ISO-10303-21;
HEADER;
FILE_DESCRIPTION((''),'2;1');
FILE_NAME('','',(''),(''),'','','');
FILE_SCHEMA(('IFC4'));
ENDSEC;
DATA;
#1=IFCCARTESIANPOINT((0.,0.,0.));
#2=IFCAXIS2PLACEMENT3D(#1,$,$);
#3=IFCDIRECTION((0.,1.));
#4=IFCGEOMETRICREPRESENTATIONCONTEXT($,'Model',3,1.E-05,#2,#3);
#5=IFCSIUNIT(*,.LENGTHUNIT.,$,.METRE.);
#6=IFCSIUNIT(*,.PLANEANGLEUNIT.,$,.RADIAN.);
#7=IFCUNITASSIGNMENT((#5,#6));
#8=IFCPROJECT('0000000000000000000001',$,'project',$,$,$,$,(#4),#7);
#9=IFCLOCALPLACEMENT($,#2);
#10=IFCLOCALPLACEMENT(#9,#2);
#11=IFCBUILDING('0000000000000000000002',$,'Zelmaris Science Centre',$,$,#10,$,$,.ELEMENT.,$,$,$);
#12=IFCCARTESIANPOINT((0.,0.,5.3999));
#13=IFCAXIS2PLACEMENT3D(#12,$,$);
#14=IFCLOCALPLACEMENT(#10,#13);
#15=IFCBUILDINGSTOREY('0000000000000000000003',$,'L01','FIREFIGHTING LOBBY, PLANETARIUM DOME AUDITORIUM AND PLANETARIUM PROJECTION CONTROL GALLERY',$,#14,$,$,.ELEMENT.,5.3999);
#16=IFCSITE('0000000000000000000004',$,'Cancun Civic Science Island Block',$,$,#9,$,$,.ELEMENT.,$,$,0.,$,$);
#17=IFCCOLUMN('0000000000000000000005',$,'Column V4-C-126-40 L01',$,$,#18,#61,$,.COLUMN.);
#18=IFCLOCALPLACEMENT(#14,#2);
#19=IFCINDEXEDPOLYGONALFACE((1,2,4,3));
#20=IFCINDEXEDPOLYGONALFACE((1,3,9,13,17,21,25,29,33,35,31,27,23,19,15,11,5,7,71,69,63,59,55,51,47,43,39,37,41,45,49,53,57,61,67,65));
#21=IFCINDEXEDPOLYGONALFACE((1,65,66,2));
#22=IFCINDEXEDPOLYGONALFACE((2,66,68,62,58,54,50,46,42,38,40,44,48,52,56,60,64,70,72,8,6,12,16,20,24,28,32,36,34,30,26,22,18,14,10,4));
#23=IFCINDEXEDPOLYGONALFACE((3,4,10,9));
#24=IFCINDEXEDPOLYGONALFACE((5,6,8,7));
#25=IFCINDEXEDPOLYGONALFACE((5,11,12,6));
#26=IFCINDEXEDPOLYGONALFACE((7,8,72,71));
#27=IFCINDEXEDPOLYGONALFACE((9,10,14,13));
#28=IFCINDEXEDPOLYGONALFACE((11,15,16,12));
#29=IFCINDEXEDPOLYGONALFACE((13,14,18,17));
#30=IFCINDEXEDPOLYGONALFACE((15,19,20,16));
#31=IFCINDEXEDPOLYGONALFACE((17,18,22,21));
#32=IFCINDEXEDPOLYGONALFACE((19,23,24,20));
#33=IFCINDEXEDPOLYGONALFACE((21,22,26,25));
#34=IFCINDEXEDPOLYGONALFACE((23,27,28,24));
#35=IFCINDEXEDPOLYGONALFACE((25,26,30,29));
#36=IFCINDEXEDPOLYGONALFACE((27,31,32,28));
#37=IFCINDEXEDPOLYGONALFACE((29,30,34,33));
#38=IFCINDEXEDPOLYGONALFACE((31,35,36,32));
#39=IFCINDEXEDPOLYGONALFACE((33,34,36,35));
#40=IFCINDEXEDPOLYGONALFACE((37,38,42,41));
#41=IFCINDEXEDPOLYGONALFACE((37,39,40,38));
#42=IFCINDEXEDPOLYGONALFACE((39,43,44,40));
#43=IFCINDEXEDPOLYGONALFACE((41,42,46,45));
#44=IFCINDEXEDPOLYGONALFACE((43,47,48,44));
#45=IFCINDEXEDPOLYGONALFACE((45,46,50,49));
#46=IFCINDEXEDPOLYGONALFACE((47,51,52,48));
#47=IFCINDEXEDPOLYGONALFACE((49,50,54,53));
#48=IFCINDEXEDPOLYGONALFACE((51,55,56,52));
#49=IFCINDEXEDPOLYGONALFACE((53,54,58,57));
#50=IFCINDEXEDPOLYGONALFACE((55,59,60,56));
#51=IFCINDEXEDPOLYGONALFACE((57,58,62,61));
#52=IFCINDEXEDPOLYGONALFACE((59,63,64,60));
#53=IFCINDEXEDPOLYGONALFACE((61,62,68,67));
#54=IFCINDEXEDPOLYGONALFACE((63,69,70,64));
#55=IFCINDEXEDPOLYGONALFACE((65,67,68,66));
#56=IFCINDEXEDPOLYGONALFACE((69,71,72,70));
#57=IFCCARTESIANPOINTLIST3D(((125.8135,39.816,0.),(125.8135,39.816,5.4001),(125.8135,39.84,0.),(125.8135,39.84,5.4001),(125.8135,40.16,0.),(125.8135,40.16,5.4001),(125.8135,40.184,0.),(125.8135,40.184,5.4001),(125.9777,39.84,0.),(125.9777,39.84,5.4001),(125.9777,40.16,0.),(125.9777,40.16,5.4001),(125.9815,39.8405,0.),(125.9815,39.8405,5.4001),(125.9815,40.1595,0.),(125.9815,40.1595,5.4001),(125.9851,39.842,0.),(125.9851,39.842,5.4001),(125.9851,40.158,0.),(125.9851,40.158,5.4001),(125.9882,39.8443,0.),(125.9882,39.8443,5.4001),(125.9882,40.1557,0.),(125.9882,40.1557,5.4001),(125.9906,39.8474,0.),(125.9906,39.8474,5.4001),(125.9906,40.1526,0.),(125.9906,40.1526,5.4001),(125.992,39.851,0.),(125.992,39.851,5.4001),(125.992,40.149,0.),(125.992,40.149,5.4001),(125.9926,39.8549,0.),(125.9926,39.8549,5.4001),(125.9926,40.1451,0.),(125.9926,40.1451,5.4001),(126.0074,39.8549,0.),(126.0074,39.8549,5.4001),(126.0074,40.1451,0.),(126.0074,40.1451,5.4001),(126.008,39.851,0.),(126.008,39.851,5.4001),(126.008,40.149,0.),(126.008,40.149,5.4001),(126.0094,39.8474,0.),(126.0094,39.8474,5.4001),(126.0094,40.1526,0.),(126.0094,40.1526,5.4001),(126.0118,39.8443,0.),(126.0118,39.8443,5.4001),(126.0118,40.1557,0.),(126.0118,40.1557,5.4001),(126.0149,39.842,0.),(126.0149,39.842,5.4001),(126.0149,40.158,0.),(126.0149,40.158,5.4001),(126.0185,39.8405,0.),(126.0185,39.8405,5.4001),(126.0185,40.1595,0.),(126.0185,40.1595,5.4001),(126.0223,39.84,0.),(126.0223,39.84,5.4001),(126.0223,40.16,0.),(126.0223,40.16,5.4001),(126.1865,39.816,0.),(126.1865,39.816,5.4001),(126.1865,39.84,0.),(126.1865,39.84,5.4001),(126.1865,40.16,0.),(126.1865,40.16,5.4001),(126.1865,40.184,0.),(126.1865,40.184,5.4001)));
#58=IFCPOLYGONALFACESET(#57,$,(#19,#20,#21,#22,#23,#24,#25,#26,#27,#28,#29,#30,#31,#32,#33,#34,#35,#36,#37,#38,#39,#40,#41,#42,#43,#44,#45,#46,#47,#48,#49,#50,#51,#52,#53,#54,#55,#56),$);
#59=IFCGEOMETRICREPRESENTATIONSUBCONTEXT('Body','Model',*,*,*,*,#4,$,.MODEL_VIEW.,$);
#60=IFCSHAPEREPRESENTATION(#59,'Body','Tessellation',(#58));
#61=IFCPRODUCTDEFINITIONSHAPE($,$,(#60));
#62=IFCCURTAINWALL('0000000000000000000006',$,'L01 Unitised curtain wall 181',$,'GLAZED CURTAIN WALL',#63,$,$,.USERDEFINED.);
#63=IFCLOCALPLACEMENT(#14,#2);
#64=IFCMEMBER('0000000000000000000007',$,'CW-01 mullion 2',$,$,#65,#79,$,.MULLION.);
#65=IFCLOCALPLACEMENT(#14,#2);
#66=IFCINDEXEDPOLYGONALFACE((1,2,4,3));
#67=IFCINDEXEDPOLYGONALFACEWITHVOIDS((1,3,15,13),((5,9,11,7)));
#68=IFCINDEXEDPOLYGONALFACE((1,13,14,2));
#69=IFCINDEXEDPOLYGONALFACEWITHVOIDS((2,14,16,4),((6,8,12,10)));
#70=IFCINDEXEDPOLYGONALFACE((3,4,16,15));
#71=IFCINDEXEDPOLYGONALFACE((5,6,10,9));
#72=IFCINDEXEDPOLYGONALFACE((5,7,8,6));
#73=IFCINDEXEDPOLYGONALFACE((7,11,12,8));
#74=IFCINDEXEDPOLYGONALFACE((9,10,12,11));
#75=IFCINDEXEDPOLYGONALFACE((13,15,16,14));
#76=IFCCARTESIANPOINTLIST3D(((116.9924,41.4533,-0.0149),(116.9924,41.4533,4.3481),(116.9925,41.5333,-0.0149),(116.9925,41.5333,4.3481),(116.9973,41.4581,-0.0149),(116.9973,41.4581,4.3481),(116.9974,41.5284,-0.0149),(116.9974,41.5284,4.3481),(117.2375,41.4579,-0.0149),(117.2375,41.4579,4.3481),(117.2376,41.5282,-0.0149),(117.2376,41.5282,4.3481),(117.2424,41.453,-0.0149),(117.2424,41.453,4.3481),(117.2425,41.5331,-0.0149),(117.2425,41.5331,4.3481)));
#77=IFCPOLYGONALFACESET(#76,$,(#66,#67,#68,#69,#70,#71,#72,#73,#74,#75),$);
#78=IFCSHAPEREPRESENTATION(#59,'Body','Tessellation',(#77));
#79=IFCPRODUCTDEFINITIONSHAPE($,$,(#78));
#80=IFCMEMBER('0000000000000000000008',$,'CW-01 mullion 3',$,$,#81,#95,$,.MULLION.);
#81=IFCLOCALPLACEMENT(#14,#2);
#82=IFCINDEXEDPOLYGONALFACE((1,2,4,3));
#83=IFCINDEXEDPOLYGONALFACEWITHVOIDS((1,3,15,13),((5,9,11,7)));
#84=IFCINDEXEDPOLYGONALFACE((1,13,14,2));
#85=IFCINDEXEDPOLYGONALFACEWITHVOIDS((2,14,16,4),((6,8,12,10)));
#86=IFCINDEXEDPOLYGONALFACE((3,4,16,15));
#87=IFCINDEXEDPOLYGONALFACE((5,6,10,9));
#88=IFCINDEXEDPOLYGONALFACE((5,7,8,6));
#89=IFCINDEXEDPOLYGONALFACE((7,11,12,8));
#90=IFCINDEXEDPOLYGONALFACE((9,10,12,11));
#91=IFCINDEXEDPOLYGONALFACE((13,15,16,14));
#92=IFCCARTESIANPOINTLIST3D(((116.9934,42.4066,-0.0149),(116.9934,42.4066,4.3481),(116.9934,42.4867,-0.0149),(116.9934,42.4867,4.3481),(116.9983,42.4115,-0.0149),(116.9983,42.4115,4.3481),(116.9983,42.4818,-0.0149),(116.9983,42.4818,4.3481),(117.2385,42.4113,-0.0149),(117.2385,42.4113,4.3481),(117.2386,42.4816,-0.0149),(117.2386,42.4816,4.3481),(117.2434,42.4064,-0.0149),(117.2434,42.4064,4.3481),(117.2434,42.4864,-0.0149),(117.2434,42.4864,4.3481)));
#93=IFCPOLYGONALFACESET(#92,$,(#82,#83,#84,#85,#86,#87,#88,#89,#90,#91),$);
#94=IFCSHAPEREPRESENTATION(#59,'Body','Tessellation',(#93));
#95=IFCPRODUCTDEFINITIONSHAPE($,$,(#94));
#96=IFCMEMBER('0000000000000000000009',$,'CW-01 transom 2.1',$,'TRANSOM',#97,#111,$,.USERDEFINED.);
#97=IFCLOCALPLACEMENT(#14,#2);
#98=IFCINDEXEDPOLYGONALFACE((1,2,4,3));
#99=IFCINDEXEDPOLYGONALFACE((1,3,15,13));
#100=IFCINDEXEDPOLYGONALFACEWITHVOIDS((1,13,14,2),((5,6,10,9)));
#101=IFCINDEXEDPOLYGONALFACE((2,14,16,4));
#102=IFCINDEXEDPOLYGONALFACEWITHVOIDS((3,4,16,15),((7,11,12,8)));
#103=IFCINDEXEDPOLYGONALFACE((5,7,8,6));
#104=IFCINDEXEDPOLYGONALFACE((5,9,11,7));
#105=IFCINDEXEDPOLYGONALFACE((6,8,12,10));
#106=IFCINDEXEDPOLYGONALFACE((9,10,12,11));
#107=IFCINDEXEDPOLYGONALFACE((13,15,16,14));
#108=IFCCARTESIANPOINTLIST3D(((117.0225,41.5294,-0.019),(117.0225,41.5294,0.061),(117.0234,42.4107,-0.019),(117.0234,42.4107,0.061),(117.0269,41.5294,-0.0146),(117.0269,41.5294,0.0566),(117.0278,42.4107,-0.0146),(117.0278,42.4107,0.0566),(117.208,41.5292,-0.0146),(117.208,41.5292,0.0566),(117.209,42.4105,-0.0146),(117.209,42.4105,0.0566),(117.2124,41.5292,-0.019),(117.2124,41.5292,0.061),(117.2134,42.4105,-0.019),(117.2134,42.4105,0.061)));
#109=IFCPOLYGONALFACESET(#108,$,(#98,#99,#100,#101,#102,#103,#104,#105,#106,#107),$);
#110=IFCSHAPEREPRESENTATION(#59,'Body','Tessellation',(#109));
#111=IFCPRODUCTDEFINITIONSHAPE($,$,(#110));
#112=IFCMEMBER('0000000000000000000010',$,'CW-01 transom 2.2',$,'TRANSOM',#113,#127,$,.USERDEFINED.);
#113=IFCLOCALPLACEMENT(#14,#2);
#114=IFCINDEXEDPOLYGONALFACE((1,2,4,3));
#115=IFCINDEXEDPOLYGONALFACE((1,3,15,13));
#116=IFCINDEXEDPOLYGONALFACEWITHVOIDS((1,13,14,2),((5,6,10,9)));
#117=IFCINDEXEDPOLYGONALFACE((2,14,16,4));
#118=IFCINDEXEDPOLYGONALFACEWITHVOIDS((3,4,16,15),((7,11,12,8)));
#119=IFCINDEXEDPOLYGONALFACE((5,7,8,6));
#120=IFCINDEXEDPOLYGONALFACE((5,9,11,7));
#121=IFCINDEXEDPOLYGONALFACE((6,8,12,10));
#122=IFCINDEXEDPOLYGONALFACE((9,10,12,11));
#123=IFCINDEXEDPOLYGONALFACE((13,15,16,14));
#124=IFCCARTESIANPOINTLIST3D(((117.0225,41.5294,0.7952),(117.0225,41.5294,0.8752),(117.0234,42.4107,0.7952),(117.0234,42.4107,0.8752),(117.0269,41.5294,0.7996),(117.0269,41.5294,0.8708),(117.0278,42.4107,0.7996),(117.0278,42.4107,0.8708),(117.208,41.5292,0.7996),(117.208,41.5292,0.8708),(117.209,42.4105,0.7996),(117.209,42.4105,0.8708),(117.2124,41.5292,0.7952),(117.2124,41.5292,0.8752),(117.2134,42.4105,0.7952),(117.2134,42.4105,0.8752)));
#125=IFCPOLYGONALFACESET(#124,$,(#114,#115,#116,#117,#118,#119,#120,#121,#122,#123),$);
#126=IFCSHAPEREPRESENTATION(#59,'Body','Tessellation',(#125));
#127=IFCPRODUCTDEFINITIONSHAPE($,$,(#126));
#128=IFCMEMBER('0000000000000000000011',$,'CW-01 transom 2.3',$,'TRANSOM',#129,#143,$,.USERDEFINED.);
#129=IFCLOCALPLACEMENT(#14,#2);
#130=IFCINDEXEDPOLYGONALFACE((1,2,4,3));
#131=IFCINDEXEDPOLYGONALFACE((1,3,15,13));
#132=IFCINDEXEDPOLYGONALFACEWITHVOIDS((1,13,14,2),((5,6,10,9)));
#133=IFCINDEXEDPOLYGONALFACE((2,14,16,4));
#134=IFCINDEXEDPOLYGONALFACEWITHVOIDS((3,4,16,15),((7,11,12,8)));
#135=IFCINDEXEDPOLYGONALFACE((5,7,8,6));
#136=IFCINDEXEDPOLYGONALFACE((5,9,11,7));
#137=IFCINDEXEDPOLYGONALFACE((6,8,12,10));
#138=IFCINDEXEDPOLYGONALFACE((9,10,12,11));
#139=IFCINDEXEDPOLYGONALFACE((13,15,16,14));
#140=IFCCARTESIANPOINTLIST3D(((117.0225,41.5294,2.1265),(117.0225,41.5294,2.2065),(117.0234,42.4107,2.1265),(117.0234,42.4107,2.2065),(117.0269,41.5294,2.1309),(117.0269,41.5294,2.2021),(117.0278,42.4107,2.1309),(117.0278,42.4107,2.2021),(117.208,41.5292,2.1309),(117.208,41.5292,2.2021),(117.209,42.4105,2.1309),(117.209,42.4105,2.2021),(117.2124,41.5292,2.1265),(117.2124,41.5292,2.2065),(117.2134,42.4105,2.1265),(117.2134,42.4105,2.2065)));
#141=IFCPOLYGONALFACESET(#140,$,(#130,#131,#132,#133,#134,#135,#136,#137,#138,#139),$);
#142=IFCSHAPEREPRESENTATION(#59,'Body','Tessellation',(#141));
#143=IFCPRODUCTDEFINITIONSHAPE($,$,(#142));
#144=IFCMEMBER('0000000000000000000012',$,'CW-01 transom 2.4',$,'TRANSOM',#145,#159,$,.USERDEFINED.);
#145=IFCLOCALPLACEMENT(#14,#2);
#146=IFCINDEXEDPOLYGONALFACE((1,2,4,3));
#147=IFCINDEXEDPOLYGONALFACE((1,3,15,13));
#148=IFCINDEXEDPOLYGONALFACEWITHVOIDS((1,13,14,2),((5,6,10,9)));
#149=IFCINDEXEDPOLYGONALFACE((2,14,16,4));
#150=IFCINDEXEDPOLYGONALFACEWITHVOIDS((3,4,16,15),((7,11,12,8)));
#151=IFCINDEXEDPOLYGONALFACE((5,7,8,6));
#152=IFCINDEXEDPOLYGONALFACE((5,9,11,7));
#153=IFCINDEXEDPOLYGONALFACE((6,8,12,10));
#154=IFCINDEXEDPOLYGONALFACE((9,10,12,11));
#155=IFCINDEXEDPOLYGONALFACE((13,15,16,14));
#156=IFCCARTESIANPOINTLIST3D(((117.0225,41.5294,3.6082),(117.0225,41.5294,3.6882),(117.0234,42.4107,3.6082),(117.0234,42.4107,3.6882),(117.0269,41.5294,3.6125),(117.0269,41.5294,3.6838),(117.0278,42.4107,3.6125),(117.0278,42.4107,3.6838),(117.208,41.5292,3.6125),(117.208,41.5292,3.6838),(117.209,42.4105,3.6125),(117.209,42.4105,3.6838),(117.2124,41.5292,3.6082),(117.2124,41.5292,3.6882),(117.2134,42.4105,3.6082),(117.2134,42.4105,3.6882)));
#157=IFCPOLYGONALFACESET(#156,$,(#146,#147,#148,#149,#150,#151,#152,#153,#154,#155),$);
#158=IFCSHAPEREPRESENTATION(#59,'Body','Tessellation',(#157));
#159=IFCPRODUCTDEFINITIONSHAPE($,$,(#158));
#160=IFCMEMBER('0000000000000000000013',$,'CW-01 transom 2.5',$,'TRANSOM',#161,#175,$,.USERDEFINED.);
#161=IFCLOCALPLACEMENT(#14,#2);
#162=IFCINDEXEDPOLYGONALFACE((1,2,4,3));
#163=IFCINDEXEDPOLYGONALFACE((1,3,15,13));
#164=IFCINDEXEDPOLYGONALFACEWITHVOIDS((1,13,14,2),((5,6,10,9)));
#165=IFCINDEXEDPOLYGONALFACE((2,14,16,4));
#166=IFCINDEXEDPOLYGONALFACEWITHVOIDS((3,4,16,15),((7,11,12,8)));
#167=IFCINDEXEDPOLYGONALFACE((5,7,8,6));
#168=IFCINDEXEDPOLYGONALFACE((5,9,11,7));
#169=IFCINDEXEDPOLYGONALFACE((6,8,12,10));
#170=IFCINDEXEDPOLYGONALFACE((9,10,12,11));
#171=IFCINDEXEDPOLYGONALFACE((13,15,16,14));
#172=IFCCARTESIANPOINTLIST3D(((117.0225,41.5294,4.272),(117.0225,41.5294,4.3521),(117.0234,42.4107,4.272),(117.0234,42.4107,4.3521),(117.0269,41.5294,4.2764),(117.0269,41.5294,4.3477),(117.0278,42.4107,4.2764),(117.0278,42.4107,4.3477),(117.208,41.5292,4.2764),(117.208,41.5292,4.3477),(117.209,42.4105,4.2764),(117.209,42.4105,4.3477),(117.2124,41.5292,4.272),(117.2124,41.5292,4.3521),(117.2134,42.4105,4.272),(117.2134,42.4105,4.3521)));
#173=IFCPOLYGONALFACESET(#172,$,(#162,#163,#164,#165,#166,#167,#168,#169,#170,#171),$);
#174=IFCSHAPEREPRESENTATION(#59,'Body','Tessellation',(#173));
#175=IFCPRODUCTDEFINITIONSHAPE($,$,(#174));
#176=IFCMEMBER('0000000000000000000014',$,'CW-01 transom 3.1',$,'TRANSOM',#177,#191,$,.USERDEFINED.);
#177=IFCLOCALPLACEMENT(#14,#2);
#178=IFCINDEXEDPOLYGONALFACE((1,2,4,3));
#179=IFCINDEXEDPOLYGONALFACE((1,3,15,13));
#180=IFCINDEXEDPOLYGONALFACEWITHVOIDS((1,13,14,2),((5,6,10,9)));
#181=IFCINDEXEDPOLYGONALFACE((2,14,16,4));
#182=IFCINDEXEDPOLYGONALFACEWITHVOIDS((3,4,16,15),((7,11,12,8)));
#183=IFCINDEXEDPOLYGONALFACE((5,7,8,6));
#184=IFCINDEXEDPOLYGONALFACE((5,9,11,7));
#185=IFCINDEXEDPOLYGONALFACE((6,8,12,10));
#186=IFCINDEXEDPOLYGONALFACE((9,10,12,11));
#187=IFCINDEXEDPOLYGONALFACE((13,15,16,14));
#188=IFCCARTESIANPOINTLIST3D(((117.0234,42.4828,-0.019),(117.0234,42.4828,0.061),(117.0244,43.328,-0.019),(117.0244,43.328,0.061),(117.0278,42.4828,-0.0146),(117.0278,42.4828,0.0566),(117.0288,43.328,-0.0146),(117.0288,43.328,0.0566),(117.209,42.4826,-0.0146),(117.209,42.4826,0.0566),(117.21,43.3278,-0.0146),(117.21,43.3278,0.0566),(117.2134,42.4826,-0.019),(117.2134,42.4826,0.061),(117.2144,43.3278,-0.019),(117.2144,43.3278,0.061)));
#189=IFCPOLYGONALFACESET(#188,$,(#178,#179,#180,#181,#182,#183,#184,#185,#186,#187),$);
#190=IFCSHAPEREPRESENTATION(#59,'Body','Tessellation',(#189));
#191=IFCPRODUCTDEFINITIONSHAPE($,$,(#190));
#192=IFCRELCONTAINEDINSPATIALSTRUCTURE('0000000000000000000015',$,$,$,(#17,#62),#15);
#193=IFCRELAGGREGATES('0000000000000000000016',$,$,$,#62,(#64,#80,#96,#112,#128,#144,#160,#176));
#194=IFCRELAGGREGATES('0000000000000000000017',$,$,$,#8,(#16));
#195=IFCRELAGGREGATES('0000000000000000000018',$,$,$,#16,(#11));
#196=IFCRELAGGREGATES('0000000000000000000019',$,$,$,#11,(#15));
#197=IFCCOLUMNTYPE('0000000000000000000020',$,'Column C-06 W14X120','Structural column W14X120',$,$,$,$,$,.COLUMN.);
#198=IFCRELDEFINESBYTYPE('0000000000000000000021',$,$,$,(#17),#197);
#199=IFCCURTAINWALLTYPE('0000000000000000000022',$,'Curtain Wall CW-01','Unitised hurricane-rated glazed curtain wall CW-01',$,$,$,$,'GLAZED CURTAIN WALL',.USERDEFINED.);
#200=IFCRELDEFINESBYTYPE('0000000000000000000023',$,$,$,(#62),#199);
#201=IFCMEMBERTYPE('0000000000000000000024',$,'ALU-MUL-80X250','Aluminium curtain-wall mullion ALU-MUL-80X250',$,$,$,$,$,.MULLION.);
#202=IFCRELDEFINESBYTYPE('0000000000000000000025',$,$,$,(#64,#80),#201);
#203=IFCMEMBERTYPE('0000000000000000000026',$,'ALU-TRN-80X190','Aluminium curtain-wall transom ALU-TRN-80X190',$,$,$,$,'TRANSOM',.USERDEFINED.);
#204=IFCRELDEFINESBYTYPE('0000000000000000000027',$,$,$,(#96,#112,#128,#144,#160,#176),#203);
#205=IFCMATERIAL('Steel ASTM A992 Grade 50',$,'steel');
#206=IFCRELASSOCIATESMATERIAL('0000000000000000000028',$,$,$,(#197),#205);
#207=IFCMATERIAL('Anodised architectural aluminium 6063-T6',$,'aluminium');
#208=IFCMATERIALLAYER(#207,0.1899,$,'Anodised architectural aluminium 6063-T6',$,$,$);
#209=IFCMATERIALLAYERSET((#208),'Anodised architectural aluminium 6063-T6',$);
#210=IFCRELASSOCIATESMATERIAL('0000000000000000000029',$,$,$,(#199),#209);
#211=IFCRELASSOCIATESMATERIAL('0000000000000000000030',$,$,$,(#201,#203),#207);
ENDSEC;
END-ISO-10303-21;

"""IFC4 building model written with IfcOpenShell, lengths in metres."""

from ifc_helpers import new_model, si_unit, direction, frame, origin, origin_2d, place, context, subcontext, project, spatial, hollow_rectangle, i_section, extrude, material, layer, layer_set, material_profile, profile_set, type_object, element, aggregate, save


model = new_model("IFC4")

# Units and contexts
model_context = context("Model", 3, precision=1e-05, world=origin(), true_north=direction((0.0, 1.0)))
body_context = subcontext(model_context, "Body", "Model", "MODEL_VIEW")
ifc_project = project(units=[si_unit("LENGTHUNIT", "METRE"), si_unit("PLANEANGLEUNIT", "RADIAN")], contexts=[model_context])

# Site, building, storey
site_placement = place(None, origin())
site = spatial("IfcSite", under=ifc_project, at=site_placement, Name="Cancun Civic Science Island Block", CompositionType="ELEMENT", RefElevation=0.0)
building_placement = place(site_placement, origin())
building = spatial("IfcBuilding", under=site, at=building_placement, Name="Zelmaris Science Centre", CompositionType="ELEMENT")
storey_placement = place(building_placement, frame((0.0, 0.0, 5.3999)))
storey = spatial("IfcBuildingStorey", under=building, at=storey_placement, Name="L01", Description="FIREFIGHTING LOBBY, PLANETARIUM DOME AUDITORIUM AND PLANETARIUM PROJECTION CONTROL GALLERY", CompositionType="ELEMENT", Elevation=5.3999)

# Column
ifc_material_1 = material(Name="Steel ASTM A992 Grade 50", Category="steel")
ifc_material_profile_1 = material_profile(ifc_material_1, i_section(OverallWidth=0.373, OverallDepth=0.3679, WebThickness=0.0149, FlangeThickness=0.0239, FilletRadius=0.0149, at=origin_2d()), Name="W14X120")
ifc_profile_set_1 = profile_set([ifc_material_profile_1], Name="Steel ASTM A992 Grade 50")
column_type = type_object("IfcColumnType", Name="Column C-06 W14X120", Description="Structural column W14X120", PredefinedType="COLUMN", material=ifc_profile_set_1)
column_placement = place(storey_placement, frame((126.0, 40.0, 0.0), z_axis=(0.0, 0.0, 1.0), x_axis=(1.0, 0.0, 0.0)))
element("IfcColumn", 1, at=column_placement, inside=storey, type_object=column_type, Name="Column V4-C-126-40 L01", PredefinedType="COLUMN", context=body_context, shape_type="SweptSolid", body=[
    extrude(i_section(OverallWidth=0.373, OverallDepth=0.3679, WebThickness=0.0149, FlangeThickness=0.0239, FilletRadius=0.0149, at=origin_2d()), origin(), (0.0, 0.0, 1.0), 5.4001),
])

# Curtain wall, members
ifc_material_2 = material(Name="Anodised architectural aluminium 6063-T6", Category="aluminium")
ifc_layer_1 = layer(ifc_material_2, 0.1899, Name="Anodised architectural aluminium 6063-T6")
ifc_layer_set_1 = layer_set([ifc_layer_1], Name="Anodised architectural aluminium 6063-T6")
curtain_wall_type = type_object("IfcCurtainWallType", Name="Curtain Wall CW-01", Description="Unitised hurricane-rated glazed curtain wall CW-01", ElementType="GLAZED CURTAIN WALL", PredefinedType="USERDEFINED", material=ifc_layer_set_1)
curtain_wall_placement = place(storey_placement, origin())
curtain_wall = element("IfcCurtainWall", 2, at=curtain_wall_placement, inside=storey, type_object=curtain_wall_type, Name="L01 Unitised curtain wall 181", ObjectType="GLAZED CURTAIN WALL", PredefinedType="USERDEFINED")
ifc_material_profile_2 = material_profile(ifc_material_2, hollow_rectangle(XDim=0.0801, YDim=0.25, WallThickness=0.0049, at=origin_2d()), Name="ALU-MUL-80X250")
ifc_profile_set_2 = profile_set([ifc_material_profile_2], Name="Anodised architectural aluminium 6063-T6")
member_type_1 = type_object("IfcMemberType", Name="ALU-MUL-80X250", Description="Aluminium curtain-wall mullion ALU-MUL-80X250", PredefinedType="MULLION", material=ifc_profile_set_2)
member_1_placement = place(storey_placement, frame((117.1174, 41.4932, -0.0149), z_axis=(0.0, 0.0, 1.0), x_axis=(0.001019, 0.999999, 0.0)))
member_1 = element("IfcMember", 3, at=member_1_placement, type_object=member_type_1, Name="CW-01 mullion 2", PredefinedType="MULLION", context=body_context, shape_type="SweptSolid", body=[
    extrude(hollow_rectangle(XDim=0.0801, YDim=0.25, WallThickness=0.0049, at=origin_2d()), origin(), (0.0, 0.0, 1.0), 4.363),
])
member_2_placement = place(storey_placement, frame((117.1184, 42.4465, -0.0149), z_axis=(0.0, 0.0, 1.0), x_axis=(0.001019, 0.999999, 0.0)))
member_2 = element("IfcMember", 4, at=member_2_placement, type_object=member_type_1, Name="CW-01 mullion 3", PredefinedType="MULLION", context=body_context, shape_type="SweptSolid", body=[
    extrude(hollow_rectangle(XDim=0.0801, YDim=0.25, WallThickness=0.0049, at=origin_2d()), origin(), (0.0, 0.0, 1.0), 4.363),
])
ifc_material_profile_3 = material_profile(ifc_material_2, hollow_rectangle(XDim=0.0801, YDim=0.1899, WallThickness=0.0044, at=origin_2d()), Name="ALU-TRN-80X190")
ifc_profile_set_3 = profile_set([ifc_material_profile_3], Name="Anodised architectural aluminium 6063-T6")
member_type_2 = type_object("IfcMemberType", Name="ALU-TRN-80X190", Description="Aluminium curtain-wall transom ALU-TRN-80X190", ElementType="TRANSOM", PredefinedType="USERDEFINED", material=ifc_profile_set_3)
member_3_placement = place(storey_placement, frame((117.1174, 41.5293, 0.021), z_axis=(0.001108, 0.999999, 0.0), x_axis=(0.0, 0.0, 1.0)))
member_3 = element("IfcMember", 5, at=member_3_placement, type_object=member_type_2, Name="CW-01 transom 2.1", ObjectType="TRANSOM", PredefinedType="USERDEFINED", context=body_context, shape_type="SweptSolid", body=[
    extrude(hollow_rectangle(XDim=0.0801, YDim=0.1899, WallThickness=0.0044, at=origin_2d()), origin(), (0.0, 0.0, 1.0), 0.8813),
])
member_4_placement = place(storey_placement, frame((117.1174, 41.5293, 0.8352), z_axis=(0.001108, 0.999999, 0.0), x_axis=(0.0, 0.0, 1.0)))
member_4 = element("IfcMember", 6, at=member_4_placement, type_object=member_type_2, Name="CW-01 transom 2.2", ObjectType="TRANSOM", PredefinedType="USERDEFINED", context=body_context, shape_type="SweptSolid", body=[
    extrude(hollow_rectangle(XDim=0.0801, YDim=0.1899, WallThickness=0.0044, at=origin_2d()), origin(), (0.0, 0.0, 1.0), 0.8813),
])
member_5_placement = place(storey_placement, frame((117.1174, 41.5293, 2.1665), z_axis=(0.001108, 0.999999, 0.0), x_axis=(0.0, 0.0, 1.0)))
member_5 = element("IfcMember", 7, at=member_5_placement, type_object=member_type_2, Name="CW-01 transom 2.3", ObjectType="TRANSOM", PredefinedType="USERDEFINED", context=body_context, shape_type="SweptSolid", body=[
    extrude(hollow_rectangle(XDim=0.0801, YDim=0.1899, WallThickness=0.0044, at=origin_2d()), origin(), (0.0, 0.0, 1.0), 0.8813),
])
member_6_placement = place(storey_placement, frame((117.1174, 41.5293, 3.6482), z_axis=(0.001108, 0.999999, 0.0), x_axis=(0.0, 0.0, 1.0)))
member_6 = element("IfcMember", 8, at=member_6_placement, type_object=member_type_2, Name="CW-01 transom 2.4", ObjectType="TRANSOM", PredefinedType="USERDEFINED", context=body_context, shape_type="SweptSolid", body=[
    extrude(hollow_rectangle(XDim=0.0801, YDim=0.1899, WallThickness=0.0044, at=origin_2d()), origin(), (0.0, 0.0, 1.0), 0.8813),
])
member_7_placement = place(storey_placement, frame((117.1174, 41.5293, 4.312), z_axis=(0.001108, 0.999999, 0.0), x_axis=(0.0, 0.0, 1.0)))
member_7 = element("IfcMember", 9, at=member_7_placement, type_object=member_type_2, Name="CW-01 transom 2.5", ObjectType="TRANSOM", PredefinedType="USERDEFINED", context=body_context, shape_type="SweptSolid", body=[
    extrude(hollow_rectangle(XDim=0.0801, YDim=0.1899, WallThickness=0.0044, at=origin_2d()), origin(), (0.0, 0.0, 1.0), 0.8813),
])
member_8_placement = place(storey_placement, frame((117.1184, 42.4827, 0.021), z_axis=(0.001155, 0.999999, 0.0), x_axis=(0.0, 0.0, 1.0)))
member_8 = element("IfcMember", 10, at=member_8_placement, type_object=member_type_2, Name="CW-01 transom 3.1", ObjectType="TRANSOM", PredefinedType="USERDEFINED", context=body_context, shape_type="SweptSolid", body=[
    extrude(hollow_rectangle(XDim=0.0801, YDim=0.1899, WallThickness=0.0044, at=origin_2d()), origin(), (0.0, 0.0, 1.0), 0.8452),
])

aggregate(curtain_wall, [member_1, member_2, member_3, member_4, member_5, member_6, member_7, member_8])

save(model, "model.ifc")
